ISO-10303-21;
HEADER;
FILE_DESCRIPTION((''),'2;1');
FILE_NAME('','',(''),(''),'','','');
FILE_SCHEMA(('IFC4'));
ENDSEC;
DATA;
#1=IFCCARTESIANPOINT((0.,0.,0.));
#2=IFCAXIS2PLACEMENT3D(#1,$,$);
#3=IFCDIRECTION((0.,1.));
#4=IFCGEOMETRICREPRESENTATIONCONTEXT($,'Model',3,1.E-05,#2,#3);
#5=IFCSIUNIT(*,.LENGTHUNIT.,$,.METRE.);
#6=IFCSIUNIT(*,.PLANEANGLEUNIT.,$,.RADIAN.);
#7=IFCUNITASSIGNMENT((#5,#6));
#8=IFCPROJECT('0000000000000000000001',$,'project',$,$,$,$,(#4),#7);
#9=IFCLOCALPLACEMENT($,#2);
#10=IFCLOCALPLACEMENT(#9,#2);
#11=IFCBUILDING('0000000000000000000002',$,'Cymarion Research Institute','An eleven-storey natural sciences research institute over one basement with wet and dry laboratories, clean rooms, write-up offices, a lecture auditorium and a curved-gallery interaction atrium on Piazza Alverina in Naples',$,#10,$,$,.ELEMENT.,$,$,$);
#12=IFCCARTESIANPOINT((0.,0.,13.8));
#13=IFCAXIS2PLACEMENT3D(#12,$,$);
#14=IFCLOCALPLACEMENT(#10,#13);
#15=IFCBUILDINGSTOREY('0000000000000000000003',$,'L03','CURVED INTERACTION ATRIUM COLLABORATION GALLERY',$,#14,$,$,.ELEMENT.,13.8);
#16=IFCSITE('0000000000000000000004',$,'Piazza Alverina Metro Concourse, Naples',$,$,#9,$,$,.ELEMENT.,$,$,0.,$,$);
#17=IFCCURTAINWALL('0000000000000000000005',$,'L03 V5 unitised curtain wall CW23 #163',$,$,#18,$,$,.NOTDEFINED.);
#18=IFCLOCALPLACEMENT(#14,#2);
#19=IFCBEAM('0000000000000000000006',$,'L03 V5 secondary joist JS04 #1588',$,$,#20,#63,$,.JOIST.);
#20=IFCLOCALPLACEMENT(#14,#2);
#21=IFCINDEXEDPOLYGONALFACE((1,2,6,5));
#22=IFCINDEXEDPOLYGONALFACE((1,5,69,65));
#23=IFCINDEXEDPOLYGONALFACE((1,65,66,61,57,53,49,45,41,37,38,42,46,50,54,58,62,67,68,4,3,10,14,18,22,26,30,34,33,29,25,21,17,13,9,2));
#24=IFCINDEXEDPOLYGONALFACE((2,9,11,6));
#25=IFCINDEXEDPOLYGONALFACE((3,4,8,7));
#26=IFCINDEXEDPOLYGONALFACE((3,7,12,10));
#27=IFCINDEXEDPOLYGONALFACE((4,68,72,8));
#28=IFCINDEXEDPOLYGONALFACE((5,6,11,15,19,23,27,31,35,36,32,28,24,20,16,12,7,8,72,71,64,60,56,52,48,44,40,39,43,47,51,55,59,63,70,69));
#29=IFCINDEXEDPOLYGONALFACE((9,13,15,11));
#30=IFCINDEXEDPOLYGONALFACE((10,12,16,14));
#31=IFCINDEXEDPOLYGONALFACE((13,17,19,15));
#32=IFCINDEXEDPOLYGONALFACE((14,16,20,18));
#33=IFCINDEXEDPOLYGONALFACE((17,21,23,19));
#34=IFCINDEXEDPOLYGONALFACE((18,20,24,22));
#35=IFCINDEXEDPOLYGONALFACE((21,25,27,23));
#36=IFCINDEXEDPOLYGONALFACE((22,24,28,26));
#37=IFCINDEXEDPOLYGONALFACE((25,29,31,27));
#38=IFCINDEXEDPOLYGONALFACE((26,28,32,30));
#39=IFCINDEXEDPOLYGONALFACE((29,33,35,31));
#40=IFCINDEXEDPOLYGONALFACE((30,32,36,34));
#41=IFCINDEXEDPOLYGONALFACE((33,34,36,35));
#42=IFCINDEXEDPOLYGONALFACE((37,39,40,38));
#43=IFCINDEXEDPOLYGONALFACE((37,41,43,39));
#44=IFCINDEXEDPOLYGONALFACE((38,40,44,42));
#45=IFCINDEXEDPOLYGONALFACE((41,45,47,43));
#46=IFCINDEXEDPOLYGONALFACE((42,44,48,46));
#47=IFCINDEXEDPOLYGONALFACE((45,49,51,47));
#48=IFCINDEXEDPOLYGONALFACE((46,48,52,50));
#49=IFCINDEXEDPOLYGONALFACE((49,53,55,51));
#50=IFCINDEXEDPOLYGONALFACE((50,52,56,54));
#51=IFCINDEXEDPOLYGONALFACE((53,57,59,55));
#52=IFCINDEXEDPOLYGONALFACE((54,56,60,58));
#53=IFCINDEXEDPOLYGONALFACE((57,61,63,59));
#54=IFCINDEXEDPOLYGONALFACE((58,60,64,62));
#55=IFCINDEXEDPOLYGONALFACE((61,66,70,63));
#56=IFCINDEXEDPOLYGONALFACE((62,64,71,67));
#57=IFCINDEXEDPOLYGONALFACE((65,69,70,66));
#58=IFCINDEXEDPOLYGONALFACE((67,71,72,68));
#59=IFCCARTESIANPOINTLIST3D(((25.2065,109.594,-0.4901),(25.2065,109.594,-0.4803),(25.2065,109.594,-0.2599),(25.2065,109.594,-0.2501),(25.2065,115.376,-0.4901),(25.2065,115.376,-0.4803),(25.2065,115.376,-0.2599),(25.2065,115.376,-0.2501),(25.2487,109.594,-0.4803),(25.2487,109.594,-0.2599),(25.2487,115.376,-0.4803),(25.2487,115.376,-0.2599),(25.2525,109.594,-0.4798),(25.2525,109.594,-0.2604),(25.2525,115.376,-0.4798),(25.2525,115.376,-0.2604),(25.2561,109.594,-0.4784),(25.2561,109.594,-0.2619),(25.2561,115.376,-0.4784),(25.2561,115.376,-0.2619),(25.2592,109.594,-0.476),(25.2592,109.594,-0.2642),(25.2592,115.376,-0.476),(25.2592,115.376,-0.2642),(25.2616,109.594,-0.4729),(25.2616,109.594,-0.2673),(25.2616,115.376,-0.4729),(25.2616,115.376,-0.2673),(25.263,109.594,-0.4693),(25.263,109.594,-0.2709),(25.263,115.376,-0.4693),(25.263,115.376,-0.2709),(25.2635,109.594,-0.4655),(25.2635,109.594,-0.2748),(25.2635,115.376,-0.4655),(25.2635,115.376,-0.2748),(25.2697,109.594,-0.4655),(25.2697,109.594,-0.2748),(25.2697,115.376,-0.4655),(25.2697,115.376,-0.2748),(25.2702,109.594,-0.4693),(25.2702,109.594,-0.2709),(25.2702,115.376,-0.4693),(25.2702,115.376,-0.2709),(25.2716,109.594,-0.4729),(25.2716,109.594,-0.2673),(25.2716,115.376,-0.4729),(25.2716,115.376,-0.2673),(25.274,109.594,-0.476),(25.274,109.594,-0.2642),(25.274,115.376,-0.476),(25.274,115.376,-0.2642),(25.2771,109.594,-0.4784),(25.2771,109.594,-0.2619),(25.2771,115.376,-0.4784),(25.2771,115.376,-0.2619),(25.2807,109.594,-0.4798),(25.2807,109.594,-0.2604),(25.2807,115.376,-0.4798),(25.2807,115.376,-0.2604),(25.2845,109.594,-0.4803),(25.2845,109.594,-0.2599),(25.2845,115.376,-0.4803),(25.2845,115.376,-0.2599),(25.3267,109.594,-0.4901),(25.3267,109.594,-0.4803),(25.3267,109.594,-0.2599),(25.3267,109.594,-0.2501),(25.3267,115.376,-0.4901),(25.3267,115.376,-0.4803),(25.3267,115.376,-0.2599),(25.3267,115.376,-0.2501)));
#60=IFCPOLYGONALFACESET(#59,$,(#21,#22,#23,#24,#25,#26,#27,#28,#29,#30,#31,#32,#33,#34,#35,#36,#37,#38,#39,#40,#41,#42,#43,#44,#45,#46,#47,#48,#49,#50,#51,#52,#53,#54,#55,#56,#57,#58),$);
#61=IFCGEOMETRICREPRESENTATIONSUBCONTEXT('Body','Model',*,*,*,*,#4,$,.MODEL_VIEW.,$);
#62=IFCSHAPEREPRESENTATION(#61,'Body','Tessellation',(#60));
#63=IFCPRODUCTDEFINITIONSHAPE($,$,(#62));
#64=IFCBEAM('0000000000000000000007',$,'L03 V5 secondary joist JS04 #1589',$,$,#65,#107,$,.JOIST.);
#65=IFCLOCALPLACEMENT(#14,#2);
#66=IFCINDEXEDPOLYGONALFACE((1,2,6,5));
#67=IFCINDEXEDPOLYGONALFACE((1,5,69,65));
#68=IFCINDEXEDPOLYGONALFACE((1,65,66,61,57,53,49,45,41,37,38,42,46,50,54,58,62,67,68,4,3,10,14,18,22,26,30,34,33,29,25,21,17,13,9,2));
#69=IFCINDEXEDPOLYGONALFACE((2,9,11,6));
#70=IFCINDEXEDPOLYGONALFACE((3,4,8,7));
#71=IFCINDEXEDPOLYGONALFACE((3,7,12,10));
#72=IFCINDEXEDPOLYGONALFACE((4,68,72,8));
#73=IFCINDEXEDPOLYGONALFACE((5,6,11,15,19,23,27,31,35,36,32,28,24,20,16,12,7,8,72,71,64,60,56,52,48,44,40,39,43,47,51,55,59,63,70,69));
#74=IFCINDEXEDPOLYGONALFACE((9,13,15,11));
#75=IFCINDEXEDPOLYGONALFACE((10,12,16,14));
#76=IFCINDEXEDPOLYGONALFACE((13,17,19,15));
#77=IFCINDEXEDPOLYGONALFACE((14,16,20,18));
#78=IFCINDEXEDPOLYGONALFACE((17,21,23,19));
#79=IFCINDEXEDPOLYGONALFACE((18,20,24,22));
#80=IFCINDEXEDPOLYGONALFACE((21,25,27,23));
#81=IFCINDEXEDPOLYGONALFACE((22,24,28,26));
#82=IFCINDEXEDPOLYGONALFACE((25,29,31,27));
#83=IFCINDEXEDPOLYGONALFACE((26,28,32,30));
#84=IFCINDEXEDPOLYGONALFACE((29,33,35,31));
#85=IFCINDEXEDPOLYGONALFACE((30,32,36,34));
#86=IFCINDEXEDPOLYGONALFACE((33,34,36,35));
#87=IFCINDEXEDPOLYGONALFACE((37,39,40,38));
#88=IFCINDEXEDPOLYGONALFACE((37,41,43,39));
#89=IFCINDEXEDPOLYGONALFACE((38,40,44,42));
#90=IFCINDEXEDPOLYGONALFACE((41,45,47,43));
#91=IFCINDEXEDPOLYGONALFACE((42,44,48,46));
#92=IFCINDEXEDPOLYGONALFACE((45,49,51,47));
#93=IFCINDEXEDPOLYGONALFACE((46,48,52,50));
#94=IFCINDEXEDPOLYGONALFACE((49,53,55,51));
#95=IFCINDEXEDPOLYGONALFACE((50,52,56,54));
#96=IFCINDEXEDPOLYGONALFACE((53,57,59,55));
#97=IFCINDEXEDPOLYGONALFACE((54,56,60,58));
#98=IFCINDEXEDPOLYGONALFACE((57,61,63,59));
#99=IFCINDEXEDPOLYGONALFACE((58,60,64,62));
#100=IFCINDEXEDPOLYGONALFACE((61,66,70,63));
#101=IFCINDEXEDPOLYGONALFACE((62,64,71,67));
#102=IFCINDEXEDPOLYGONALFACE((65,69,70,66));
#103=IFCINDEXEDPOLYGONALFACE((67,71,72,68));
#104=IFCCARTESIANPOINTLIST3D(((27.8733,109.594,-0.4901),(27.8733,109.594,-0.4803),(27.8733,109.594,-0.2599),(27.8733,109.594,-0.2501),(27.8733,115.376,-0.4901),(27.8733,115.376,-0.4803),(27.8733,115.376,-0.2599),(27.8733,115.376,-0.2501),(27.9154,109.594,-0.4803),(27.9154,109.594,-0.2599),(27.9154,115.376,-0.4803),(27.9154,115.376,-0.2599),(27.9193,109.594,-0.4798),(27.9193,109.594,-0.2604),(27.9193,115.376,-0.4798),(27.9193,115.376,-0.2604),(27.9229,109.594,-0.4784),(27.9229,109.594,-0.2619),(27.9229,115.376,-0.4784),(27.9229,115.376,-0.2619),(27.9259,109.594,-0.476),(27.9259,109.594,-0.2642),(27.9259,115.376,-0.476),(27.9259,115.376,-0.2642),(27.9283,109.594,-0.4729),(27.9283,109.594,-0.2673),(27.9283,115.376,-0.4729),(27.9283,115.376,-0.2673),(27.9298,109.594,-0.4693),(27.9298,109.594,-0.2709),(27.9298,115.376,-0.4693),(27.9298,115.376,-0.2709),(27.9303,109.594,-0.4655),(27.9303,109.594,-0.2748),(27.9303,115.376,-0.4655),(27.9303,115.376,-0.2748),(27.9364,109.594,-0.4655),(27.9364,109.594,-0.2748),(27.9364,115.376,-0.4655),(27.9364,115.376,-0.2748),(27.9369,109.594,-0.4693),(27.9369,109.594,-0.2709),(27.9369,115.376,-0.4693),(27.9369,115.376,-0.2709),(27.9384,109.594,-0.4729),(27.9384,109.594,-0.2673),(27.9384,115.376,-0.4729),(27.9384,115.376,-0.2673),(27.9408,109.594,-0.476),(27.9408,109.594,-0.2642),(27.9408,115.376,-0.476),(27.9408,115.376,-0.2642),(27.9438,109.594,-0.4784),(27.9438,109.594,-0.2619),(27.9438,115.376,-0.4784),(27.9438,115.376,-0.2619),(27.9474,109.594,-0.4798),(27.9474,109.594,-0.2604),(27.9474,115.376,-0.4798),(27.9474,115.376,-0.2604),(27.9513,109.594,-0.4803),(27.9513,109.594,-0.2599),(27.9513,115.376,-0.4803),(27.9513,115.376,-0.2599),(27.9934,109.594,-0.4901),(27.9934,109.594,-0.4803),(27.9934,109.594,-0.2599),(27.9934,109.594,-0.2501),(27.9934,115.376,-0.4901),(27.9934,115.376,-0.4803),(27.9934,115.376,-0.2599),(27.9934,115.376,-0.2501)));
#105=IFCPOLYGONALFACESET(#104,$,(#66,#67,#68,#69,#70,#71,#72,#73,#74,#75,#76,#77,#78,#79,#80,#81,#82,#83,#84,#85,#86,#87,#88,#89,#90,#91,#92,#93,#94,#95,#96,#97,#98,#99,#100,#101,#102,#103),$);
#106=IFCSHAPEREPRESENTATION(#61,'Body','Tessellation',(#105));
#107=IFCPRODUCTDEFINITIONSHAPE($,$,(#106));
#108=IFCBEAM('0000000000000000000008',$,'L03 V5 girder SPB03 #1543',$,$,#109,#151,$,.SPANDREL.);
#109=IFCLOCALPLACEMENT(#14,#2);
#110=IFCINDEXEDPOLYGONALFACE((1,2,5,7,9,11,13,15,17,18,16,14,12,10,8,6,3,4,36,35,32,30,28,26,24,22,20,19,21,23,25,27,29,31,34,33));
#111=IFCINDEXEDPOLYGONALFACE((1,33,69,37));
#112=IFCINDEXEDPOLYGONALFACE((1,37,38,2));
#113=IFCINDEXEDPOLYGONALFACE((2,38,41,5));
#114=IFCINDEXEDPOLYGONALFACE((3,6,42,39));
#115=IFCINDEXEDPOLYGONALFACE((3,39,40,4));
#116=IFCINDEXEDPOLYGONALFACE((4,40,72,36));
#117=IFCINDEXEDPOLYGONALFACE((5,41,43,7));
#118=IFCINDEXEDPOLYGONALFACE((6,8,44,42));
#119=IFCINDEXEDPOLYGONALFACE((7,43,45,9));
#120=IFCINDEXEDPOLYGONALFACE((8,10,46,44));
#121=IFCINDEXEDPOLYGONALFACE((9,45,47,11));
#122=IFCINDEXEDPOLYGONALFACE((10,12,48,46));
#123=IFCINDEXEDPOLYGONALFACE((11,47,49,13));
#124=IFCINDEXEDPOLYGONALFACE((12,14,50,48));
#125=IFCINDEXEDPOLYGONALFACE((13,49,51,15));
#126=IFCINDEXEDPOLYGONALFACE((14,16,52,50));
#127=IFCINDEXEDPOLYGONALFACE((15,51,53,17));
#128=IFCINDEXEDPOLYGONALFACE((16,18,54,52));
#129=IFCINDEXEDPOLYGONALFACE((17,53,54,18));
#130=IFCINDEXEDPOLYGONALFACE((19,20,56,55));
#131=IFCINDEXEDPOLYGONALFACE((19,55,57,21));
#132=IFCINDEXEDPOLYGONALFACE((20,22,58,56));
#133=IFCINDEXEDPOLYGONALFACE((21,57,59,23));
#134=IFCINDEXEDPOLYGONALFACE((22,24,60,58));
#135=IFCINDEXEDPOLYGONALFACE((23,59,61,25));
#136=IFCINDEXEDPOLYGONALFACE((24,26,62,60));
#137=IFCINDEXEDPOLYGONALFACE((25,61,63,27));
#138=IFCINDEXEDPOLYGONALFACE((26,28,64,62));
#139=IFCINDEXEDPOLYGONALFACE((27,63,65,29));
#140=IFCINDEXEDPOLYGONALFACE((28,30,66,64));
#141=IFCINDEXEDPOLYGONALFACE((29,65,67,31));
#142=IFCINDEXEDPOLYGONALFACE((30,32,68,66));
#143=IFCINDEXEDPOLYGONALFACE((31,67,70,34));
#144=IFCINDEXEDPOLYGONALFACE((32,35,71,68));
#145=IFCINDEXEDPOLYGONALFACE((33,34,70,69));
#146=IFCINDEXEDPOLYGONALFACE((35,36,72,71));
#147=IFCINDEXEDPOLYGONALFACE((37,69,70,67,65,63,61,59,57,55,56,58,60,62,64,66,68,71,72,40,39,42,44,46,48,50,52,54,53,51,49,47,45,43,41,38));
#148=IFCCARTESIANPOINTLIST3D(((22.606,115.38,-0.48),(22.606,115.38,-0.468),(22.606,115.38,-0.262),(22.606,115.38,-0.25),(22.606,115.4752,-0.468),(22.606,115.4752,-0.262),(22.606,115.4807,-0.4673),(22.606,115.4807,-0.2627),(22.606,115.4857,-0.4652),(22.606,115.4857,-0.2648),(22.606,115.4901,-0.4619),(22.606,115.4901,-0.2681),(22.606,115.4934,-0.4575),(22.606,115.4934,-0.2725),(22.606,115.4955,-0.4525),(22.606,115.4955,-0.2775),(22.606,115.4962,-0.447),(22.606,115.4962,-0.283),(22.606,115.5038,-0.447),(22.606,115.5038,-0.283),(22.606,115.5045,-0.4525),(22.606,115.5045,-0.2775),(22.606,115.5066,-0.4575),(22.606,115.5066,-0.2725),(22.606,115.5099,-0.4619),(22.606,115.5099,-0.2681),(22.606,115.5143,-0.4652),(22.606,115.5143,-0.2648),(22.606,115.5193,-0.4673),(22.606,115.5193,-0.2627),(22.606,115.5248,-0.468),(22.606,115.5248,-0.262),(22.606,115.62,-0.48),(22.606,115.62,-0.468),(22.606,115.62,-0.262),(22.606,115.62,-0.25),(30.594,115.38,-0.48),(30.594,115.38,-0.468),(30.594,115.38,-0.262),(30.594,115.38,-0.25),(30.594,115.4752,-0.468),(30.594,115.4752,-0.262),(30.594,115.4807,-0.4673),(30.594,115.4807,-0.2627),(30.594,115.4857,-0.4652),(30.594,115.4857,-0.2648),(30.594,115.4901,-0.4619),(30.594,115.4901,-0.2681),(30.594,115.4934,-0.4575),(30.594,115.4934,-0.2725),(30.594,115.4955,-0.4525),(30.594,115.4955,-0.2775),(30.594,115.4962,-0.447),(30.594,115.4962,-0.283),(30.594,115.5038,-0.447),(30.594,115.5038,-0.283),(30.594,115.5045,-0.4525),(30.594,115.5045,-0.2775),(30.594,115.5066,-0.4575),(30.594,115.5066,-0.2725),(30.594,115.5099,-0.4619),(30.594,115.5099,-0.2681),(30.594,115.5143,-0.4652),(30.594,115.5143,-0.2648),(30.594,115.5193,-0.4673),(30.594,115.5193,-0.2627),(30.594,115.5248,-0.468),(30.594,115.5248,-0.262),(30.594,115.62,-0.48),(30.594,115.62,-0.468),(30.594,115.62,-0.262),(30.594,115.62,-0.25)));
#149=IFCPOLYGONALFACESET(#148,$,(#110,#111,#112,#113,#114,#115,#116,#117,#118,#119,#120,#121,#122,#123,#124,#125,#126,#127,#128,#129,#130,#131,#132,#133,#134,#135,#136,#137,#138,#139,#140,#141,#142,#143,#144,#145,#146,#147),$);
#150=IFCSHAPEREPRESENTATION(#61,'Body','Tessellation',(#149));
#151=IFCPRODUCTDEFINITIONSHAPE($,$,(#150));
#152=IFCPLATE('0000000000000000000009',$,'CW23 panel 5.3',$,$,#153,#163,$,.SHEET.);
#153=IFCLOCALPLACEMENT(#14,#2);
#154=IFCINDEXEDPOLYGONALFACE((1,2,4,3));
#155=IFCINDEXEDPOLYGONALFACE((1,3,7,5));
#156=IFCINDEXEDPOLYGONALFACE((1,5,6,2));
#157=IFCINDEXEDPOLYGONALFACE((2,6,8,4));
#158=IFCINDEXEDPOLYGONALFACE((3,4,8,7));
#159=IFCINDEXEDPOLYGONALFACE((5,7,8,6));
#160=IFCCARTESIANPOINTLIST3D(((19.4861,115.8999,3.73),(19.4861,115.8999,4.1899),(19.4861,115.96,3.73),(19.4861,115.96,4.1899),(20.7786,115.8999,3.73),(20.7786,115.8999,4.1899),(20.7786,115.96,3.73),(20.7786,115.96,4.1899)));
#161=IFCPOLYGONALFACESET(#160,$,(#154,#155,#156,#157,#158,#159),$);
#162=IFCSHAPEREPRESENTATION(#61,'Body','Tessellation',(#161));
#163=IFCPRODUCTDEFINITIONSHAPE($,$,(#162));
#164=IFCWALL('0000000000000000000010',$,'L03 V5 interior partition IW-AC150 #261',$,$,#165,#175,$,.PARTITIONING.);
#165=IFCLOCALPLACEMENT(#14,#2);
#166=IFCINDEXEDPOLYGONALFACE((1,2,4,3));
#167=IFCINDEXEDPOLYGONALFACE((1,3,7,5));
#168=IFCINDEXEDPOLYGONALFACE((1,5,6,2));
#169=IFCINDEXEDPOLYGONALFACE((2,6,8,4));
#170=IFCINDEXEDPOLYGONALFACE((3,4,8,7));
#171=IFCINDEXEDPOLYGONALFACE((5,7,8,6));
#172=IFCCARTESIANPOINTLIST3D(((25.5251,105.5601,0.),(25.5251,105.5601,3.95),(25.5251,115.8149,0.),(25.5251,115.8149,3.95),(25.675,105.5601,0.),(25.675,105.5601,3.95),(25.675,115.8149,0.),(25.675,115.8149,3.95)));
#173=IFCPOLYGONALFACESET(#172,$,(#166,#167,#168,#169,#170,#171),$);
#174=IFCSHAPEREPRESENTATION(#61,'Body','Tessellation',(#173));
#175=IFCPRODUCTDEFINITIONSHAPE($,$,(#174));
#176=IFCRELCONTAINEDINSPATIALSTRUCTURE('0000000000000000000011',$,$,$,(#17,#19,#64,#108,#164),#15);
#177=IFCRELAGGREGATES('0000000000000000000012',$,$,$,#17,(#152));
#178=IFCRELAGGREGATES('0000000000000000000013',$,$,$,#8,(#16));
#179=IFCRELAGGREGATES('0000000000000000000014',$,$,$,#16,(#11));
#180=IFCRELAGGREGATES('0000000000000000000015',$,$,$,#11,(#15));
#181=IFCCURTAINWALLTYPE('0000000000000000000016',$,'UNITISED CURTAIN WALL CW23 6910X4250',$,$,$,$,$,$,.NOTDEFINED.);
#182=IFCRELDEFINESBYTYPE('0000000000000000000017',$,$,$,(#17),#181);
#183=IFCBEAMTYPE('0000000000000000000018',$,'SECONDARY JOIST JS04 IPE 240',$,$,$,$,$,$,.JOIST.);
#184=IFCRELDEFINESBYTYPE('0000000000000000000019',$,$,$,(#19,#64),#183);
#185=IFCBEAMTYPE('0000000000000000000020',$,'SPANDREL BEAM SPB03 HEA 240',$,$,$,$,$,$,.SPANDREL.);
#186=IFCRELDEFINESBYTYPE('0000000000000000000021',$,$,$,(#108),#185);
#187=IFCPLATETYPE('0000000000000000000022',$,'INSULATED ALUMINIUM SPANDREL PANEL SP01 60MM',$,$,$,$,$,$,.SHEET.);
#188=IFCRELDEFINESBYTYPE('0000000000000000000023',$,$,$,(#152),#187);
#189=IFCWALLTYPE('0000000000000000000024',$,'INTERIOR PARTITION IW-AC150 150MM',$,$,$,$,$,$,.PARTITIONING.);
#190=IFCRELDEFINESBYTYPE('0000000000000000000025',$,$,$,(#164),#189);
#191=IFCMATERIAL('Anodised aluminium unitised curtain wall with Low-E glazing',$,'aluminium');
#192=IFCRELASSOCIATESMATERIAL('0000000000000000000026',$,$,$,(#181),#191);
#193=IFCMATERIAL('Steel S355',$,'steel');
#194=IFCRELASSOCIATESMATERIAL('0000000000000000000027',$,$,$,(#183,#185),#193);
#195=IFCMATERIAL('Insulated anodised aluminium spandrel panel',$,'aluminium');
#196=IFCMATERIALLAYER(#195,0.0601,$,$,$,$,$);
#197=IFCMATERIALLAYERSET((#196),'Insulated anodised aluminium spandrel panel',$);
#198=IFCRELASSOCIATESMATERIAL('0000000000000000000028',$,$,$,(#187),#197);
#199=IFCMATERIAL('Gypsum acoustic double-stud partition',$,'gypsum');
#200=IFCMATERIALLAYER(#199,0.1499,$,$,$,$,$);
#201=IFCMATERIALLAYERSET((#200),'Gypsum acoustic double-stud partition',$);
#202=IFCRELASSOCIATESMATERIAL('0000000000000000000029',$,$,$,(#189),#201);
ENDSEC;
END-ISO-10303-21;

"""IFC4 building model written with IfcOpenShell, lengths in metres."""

from ifc_helpers import new_model, si_unit, direction, frame, frame_2d, origin, origin_2d, place, context, subcontext, project, spatial, rectangle, i_section, extrude, material, layer, layer_set, material_profile, profile_set, type_object, element, aggregate, save


model = new_model("IFC4")

# Units and contexts
model_context = context("Model", 3, precision=1e-05, world=origin(), true_north=direction((0.0, 1.0)))
body_context = subcontext(model_context, "Body", "Model", "MODEL_VIEW")
ifc_project = project(units=[si_unit("LENGTHUNIT", "METRE"), si_unit("PLANEANGLEUNIT", "RADIAN")], contexts=[model_context])

# Site, building, storey
site_placement = place(None, origin())
site = spatial("IfcSite", under=ifc_project, at=site_placement, Name="Piazza Alverina Metro Concourse, Naples", CompositionType="ELEMENT", RefElevation=0.0)
building_placement = place(site_placement, origin())
building = spatial("IfcBuilding", under=site, at=building_placement, Name="Cymarion Research Institute", Description="An eleven-storey natural sciences research institute over one basement with wet and dry laboratories, clean rooms, write-up offices, a lecture auditorium and a curved-gallery interaction atrium on Piazza Alverina in Naples", CompositionType="ELEMENT")
storey_placement = place(building_placement, frame((0.0, 0.0, 13.8)))
storey = spatial("IfcBuildingStorey", under=building, at=storey_placement, Name="L03", Description="CURVED INTERACTION ATRIUM COLLABORATION GALLERY", CompositionType="ELEMENT", Elevation=13.8)

# Shared definitions
ifc_material_1 = material(Name="Steel S355", Category="steel")

# Curtain wall
ifc_material_2 = material(Name="Anodised aluminium unitised curtain wall with Low-E glazing", Category="aluminium")
curtain_wall_type = type_object("IfcCurtainWallType", Name="UNITISED CURTAIN WALL CW23 6910X4250", PredefinedType="NOTDEFINED", material=ifc_material_2)
curtain_wall_placement = place(storey_placement, origin())
curtain_wall = element("IfcCurtainWall", 1, at=curtain_wall_placement, inside=storey, type_object=curtain_wall_type, Name="L03 V5 unitised curtain wall CW23 #163", PredefinedType="NOTDEFINED")

# Beams
ifc_material_profile_1 = material_profile(ifc_material_1, i_section(OverallWidth=0.1201, OverallDepth=0.24, WebThickness=0.0061, FlangeThickness=0.0098, FilletRadius=0.0149, at=origin_2d()), Name="IPE 240")
ifc_profile_set_1 = profile_set([ifc_material_profile_1], Name="Steel S355")
beam_type_1 = type_object("IfcBeamType", Name="SECONDARY JOIST JS04 IPE 240", PredefinedType="JOIST", material=ifc_profile_set_1)
for number, where, z_axis, x_axis, name in (
    (2, (25.2666, 109.594, -0.3701), (0.0, 1.0, 0.0), (-1.0, 0.0, 0.0), "L03 V5 secondary joist JS04 #1588"),
    (3, (27.9333, 109.594, -0.3701), (0.0, 1.0, 0.0), (-1.0, 0.0, 0.0), "L03 V5 secondary joist JS04 #1589"),
):
    element("IfcBeam", number, at=place(storey_placement, frame(where, z_axis=z_axis, x_axis=x_axis)), inside=storey, type_object=beam_type_1, Name=name, PredefinedType="JOIST", context=body_context, shape_type="SweptSolid", body=[
        extrude(i_section(OverallWidth=0.1201, OverallDepth=0.24, WebThickness=0.0061, FlangeThickness=0.0098, FilletRadius=0.0149, at=origin_2d()), origin(), (0.0, 0.0, 1.0), 5.782),
    ])
ifc_material_profile_2 = material_profile(ifc_material_1, i_section(OverallWidth=0.24, OverallDepth=0.23, WebThickness=0.0076, FlangeThickness=0.012, FilletRadius=0.021, at=origin_2d()), Name="HEA 240")
ifc_profile_set_2 = profile_set([ifc_material_profile_2], Name="Steel S355")
beam_type_2 = type_object("IfcBeamType", Name="SPANDREL BEAM SPB03 HEA 240", PredefinedType="SPANDREL", material=ifc_profile_set_2)
beam_placement = place(storey_placement, frame((22.606, 115.5, -0.365), z_axis=(1.0, 0.0, 0.0), x_axis=(0.0, 1.0, 0.0)))
element("IfcBeam", 4, at=beam_placement, inside=storey, type_object=beam_type_2, Name="L03 V5 girder SPB03 #1543", PredefinedType="SPANDREL", context=body_context, shape_type="SweptSolid", body=[
    extrude(i_section(OverallWidth=0.24, OverallDepth=0.23, WebThickness=0.0076, FlangeThickness=0.012, FilletRadius=0.021, at=origin_2d()), origin(), (0.0, 0.0, 1.0), 7.988),
])

# Plate
ifc_material_3 = material(Name="Insulated anodised aluminium spandrel panel", Category="aluminium")
ifc_layer_1 = layer(ifc_material_3, 0.0601)
ifc_layer_set_1 = layer_set([ifc_layer_1], Name="Insulated anodised aluminium spandrel panel")
plate_type = type_object("IfcPlateType", Name="INSULATED ALUMINIUM SPANDREL PANEL SP01 60MM", PredefinedType="SHEET", material=ifc_layer_set_1)
plate_placement = place(storey_placement, frame((20.1323, 115.9299, 3.73), z_axis=(0.0, 0.0, 1.0), x_axis=(-1.0, 0.0, 0.0)))
plate = element("IfcPlate", 5, at=plate_placement, type_object=plate_type, Name="CW23 panel 5.3", PredefinedType="SHEET", context=body_context, shape_type="SweptSolid", body=[
    extrude(rectangle(XDim=1.2925, YDim=0.0601, at=origin_2d()), origin(), (0.0, 0.0, 1.0), 0.46),
])
aggregate(curtain_wall, [plate])

# Wall
ifc_material_4 = material(Name="Gypsum acoustic double-stud partition", Category="gypsum")
ifc_layer_2 = layer(ifc_material_4, 0.1499)
ifc_layer_set_2 = layer_set([ifc_layer_2], Name="Gypsum acoustic double-stud partition")
wall_type_1 = type_object("IfcWallType", Name="INTERIOR PARTITION IW-AC150 150MM", PredefinedType="PARTITIONING", material=ifc_layer_set_2)
wall_1_placement = place(storey_placement, frame((25.6001, 105.5601, 0.0), z_axis=(0.0, 0.0, 1.0), x_axis=(0.0, 1.0, 0.0)))
element("IfcWall", 6, at=wall_1_placement, inside=storey, type_object=wall_type_1, Name="L03 V5 interior partition IW-AC150 #261", PredefinedType="PARTITIONING", context=body_context, shape_type="SweptSolid", body=[
    extrude(rectangle(XDim=10.2549, YDim=0.1499, at=frame_2d((5.1274, 0.0))), origin(), (0.0, 0.0, 1.0), 3.95),
])

save(model, "model.ifc")
